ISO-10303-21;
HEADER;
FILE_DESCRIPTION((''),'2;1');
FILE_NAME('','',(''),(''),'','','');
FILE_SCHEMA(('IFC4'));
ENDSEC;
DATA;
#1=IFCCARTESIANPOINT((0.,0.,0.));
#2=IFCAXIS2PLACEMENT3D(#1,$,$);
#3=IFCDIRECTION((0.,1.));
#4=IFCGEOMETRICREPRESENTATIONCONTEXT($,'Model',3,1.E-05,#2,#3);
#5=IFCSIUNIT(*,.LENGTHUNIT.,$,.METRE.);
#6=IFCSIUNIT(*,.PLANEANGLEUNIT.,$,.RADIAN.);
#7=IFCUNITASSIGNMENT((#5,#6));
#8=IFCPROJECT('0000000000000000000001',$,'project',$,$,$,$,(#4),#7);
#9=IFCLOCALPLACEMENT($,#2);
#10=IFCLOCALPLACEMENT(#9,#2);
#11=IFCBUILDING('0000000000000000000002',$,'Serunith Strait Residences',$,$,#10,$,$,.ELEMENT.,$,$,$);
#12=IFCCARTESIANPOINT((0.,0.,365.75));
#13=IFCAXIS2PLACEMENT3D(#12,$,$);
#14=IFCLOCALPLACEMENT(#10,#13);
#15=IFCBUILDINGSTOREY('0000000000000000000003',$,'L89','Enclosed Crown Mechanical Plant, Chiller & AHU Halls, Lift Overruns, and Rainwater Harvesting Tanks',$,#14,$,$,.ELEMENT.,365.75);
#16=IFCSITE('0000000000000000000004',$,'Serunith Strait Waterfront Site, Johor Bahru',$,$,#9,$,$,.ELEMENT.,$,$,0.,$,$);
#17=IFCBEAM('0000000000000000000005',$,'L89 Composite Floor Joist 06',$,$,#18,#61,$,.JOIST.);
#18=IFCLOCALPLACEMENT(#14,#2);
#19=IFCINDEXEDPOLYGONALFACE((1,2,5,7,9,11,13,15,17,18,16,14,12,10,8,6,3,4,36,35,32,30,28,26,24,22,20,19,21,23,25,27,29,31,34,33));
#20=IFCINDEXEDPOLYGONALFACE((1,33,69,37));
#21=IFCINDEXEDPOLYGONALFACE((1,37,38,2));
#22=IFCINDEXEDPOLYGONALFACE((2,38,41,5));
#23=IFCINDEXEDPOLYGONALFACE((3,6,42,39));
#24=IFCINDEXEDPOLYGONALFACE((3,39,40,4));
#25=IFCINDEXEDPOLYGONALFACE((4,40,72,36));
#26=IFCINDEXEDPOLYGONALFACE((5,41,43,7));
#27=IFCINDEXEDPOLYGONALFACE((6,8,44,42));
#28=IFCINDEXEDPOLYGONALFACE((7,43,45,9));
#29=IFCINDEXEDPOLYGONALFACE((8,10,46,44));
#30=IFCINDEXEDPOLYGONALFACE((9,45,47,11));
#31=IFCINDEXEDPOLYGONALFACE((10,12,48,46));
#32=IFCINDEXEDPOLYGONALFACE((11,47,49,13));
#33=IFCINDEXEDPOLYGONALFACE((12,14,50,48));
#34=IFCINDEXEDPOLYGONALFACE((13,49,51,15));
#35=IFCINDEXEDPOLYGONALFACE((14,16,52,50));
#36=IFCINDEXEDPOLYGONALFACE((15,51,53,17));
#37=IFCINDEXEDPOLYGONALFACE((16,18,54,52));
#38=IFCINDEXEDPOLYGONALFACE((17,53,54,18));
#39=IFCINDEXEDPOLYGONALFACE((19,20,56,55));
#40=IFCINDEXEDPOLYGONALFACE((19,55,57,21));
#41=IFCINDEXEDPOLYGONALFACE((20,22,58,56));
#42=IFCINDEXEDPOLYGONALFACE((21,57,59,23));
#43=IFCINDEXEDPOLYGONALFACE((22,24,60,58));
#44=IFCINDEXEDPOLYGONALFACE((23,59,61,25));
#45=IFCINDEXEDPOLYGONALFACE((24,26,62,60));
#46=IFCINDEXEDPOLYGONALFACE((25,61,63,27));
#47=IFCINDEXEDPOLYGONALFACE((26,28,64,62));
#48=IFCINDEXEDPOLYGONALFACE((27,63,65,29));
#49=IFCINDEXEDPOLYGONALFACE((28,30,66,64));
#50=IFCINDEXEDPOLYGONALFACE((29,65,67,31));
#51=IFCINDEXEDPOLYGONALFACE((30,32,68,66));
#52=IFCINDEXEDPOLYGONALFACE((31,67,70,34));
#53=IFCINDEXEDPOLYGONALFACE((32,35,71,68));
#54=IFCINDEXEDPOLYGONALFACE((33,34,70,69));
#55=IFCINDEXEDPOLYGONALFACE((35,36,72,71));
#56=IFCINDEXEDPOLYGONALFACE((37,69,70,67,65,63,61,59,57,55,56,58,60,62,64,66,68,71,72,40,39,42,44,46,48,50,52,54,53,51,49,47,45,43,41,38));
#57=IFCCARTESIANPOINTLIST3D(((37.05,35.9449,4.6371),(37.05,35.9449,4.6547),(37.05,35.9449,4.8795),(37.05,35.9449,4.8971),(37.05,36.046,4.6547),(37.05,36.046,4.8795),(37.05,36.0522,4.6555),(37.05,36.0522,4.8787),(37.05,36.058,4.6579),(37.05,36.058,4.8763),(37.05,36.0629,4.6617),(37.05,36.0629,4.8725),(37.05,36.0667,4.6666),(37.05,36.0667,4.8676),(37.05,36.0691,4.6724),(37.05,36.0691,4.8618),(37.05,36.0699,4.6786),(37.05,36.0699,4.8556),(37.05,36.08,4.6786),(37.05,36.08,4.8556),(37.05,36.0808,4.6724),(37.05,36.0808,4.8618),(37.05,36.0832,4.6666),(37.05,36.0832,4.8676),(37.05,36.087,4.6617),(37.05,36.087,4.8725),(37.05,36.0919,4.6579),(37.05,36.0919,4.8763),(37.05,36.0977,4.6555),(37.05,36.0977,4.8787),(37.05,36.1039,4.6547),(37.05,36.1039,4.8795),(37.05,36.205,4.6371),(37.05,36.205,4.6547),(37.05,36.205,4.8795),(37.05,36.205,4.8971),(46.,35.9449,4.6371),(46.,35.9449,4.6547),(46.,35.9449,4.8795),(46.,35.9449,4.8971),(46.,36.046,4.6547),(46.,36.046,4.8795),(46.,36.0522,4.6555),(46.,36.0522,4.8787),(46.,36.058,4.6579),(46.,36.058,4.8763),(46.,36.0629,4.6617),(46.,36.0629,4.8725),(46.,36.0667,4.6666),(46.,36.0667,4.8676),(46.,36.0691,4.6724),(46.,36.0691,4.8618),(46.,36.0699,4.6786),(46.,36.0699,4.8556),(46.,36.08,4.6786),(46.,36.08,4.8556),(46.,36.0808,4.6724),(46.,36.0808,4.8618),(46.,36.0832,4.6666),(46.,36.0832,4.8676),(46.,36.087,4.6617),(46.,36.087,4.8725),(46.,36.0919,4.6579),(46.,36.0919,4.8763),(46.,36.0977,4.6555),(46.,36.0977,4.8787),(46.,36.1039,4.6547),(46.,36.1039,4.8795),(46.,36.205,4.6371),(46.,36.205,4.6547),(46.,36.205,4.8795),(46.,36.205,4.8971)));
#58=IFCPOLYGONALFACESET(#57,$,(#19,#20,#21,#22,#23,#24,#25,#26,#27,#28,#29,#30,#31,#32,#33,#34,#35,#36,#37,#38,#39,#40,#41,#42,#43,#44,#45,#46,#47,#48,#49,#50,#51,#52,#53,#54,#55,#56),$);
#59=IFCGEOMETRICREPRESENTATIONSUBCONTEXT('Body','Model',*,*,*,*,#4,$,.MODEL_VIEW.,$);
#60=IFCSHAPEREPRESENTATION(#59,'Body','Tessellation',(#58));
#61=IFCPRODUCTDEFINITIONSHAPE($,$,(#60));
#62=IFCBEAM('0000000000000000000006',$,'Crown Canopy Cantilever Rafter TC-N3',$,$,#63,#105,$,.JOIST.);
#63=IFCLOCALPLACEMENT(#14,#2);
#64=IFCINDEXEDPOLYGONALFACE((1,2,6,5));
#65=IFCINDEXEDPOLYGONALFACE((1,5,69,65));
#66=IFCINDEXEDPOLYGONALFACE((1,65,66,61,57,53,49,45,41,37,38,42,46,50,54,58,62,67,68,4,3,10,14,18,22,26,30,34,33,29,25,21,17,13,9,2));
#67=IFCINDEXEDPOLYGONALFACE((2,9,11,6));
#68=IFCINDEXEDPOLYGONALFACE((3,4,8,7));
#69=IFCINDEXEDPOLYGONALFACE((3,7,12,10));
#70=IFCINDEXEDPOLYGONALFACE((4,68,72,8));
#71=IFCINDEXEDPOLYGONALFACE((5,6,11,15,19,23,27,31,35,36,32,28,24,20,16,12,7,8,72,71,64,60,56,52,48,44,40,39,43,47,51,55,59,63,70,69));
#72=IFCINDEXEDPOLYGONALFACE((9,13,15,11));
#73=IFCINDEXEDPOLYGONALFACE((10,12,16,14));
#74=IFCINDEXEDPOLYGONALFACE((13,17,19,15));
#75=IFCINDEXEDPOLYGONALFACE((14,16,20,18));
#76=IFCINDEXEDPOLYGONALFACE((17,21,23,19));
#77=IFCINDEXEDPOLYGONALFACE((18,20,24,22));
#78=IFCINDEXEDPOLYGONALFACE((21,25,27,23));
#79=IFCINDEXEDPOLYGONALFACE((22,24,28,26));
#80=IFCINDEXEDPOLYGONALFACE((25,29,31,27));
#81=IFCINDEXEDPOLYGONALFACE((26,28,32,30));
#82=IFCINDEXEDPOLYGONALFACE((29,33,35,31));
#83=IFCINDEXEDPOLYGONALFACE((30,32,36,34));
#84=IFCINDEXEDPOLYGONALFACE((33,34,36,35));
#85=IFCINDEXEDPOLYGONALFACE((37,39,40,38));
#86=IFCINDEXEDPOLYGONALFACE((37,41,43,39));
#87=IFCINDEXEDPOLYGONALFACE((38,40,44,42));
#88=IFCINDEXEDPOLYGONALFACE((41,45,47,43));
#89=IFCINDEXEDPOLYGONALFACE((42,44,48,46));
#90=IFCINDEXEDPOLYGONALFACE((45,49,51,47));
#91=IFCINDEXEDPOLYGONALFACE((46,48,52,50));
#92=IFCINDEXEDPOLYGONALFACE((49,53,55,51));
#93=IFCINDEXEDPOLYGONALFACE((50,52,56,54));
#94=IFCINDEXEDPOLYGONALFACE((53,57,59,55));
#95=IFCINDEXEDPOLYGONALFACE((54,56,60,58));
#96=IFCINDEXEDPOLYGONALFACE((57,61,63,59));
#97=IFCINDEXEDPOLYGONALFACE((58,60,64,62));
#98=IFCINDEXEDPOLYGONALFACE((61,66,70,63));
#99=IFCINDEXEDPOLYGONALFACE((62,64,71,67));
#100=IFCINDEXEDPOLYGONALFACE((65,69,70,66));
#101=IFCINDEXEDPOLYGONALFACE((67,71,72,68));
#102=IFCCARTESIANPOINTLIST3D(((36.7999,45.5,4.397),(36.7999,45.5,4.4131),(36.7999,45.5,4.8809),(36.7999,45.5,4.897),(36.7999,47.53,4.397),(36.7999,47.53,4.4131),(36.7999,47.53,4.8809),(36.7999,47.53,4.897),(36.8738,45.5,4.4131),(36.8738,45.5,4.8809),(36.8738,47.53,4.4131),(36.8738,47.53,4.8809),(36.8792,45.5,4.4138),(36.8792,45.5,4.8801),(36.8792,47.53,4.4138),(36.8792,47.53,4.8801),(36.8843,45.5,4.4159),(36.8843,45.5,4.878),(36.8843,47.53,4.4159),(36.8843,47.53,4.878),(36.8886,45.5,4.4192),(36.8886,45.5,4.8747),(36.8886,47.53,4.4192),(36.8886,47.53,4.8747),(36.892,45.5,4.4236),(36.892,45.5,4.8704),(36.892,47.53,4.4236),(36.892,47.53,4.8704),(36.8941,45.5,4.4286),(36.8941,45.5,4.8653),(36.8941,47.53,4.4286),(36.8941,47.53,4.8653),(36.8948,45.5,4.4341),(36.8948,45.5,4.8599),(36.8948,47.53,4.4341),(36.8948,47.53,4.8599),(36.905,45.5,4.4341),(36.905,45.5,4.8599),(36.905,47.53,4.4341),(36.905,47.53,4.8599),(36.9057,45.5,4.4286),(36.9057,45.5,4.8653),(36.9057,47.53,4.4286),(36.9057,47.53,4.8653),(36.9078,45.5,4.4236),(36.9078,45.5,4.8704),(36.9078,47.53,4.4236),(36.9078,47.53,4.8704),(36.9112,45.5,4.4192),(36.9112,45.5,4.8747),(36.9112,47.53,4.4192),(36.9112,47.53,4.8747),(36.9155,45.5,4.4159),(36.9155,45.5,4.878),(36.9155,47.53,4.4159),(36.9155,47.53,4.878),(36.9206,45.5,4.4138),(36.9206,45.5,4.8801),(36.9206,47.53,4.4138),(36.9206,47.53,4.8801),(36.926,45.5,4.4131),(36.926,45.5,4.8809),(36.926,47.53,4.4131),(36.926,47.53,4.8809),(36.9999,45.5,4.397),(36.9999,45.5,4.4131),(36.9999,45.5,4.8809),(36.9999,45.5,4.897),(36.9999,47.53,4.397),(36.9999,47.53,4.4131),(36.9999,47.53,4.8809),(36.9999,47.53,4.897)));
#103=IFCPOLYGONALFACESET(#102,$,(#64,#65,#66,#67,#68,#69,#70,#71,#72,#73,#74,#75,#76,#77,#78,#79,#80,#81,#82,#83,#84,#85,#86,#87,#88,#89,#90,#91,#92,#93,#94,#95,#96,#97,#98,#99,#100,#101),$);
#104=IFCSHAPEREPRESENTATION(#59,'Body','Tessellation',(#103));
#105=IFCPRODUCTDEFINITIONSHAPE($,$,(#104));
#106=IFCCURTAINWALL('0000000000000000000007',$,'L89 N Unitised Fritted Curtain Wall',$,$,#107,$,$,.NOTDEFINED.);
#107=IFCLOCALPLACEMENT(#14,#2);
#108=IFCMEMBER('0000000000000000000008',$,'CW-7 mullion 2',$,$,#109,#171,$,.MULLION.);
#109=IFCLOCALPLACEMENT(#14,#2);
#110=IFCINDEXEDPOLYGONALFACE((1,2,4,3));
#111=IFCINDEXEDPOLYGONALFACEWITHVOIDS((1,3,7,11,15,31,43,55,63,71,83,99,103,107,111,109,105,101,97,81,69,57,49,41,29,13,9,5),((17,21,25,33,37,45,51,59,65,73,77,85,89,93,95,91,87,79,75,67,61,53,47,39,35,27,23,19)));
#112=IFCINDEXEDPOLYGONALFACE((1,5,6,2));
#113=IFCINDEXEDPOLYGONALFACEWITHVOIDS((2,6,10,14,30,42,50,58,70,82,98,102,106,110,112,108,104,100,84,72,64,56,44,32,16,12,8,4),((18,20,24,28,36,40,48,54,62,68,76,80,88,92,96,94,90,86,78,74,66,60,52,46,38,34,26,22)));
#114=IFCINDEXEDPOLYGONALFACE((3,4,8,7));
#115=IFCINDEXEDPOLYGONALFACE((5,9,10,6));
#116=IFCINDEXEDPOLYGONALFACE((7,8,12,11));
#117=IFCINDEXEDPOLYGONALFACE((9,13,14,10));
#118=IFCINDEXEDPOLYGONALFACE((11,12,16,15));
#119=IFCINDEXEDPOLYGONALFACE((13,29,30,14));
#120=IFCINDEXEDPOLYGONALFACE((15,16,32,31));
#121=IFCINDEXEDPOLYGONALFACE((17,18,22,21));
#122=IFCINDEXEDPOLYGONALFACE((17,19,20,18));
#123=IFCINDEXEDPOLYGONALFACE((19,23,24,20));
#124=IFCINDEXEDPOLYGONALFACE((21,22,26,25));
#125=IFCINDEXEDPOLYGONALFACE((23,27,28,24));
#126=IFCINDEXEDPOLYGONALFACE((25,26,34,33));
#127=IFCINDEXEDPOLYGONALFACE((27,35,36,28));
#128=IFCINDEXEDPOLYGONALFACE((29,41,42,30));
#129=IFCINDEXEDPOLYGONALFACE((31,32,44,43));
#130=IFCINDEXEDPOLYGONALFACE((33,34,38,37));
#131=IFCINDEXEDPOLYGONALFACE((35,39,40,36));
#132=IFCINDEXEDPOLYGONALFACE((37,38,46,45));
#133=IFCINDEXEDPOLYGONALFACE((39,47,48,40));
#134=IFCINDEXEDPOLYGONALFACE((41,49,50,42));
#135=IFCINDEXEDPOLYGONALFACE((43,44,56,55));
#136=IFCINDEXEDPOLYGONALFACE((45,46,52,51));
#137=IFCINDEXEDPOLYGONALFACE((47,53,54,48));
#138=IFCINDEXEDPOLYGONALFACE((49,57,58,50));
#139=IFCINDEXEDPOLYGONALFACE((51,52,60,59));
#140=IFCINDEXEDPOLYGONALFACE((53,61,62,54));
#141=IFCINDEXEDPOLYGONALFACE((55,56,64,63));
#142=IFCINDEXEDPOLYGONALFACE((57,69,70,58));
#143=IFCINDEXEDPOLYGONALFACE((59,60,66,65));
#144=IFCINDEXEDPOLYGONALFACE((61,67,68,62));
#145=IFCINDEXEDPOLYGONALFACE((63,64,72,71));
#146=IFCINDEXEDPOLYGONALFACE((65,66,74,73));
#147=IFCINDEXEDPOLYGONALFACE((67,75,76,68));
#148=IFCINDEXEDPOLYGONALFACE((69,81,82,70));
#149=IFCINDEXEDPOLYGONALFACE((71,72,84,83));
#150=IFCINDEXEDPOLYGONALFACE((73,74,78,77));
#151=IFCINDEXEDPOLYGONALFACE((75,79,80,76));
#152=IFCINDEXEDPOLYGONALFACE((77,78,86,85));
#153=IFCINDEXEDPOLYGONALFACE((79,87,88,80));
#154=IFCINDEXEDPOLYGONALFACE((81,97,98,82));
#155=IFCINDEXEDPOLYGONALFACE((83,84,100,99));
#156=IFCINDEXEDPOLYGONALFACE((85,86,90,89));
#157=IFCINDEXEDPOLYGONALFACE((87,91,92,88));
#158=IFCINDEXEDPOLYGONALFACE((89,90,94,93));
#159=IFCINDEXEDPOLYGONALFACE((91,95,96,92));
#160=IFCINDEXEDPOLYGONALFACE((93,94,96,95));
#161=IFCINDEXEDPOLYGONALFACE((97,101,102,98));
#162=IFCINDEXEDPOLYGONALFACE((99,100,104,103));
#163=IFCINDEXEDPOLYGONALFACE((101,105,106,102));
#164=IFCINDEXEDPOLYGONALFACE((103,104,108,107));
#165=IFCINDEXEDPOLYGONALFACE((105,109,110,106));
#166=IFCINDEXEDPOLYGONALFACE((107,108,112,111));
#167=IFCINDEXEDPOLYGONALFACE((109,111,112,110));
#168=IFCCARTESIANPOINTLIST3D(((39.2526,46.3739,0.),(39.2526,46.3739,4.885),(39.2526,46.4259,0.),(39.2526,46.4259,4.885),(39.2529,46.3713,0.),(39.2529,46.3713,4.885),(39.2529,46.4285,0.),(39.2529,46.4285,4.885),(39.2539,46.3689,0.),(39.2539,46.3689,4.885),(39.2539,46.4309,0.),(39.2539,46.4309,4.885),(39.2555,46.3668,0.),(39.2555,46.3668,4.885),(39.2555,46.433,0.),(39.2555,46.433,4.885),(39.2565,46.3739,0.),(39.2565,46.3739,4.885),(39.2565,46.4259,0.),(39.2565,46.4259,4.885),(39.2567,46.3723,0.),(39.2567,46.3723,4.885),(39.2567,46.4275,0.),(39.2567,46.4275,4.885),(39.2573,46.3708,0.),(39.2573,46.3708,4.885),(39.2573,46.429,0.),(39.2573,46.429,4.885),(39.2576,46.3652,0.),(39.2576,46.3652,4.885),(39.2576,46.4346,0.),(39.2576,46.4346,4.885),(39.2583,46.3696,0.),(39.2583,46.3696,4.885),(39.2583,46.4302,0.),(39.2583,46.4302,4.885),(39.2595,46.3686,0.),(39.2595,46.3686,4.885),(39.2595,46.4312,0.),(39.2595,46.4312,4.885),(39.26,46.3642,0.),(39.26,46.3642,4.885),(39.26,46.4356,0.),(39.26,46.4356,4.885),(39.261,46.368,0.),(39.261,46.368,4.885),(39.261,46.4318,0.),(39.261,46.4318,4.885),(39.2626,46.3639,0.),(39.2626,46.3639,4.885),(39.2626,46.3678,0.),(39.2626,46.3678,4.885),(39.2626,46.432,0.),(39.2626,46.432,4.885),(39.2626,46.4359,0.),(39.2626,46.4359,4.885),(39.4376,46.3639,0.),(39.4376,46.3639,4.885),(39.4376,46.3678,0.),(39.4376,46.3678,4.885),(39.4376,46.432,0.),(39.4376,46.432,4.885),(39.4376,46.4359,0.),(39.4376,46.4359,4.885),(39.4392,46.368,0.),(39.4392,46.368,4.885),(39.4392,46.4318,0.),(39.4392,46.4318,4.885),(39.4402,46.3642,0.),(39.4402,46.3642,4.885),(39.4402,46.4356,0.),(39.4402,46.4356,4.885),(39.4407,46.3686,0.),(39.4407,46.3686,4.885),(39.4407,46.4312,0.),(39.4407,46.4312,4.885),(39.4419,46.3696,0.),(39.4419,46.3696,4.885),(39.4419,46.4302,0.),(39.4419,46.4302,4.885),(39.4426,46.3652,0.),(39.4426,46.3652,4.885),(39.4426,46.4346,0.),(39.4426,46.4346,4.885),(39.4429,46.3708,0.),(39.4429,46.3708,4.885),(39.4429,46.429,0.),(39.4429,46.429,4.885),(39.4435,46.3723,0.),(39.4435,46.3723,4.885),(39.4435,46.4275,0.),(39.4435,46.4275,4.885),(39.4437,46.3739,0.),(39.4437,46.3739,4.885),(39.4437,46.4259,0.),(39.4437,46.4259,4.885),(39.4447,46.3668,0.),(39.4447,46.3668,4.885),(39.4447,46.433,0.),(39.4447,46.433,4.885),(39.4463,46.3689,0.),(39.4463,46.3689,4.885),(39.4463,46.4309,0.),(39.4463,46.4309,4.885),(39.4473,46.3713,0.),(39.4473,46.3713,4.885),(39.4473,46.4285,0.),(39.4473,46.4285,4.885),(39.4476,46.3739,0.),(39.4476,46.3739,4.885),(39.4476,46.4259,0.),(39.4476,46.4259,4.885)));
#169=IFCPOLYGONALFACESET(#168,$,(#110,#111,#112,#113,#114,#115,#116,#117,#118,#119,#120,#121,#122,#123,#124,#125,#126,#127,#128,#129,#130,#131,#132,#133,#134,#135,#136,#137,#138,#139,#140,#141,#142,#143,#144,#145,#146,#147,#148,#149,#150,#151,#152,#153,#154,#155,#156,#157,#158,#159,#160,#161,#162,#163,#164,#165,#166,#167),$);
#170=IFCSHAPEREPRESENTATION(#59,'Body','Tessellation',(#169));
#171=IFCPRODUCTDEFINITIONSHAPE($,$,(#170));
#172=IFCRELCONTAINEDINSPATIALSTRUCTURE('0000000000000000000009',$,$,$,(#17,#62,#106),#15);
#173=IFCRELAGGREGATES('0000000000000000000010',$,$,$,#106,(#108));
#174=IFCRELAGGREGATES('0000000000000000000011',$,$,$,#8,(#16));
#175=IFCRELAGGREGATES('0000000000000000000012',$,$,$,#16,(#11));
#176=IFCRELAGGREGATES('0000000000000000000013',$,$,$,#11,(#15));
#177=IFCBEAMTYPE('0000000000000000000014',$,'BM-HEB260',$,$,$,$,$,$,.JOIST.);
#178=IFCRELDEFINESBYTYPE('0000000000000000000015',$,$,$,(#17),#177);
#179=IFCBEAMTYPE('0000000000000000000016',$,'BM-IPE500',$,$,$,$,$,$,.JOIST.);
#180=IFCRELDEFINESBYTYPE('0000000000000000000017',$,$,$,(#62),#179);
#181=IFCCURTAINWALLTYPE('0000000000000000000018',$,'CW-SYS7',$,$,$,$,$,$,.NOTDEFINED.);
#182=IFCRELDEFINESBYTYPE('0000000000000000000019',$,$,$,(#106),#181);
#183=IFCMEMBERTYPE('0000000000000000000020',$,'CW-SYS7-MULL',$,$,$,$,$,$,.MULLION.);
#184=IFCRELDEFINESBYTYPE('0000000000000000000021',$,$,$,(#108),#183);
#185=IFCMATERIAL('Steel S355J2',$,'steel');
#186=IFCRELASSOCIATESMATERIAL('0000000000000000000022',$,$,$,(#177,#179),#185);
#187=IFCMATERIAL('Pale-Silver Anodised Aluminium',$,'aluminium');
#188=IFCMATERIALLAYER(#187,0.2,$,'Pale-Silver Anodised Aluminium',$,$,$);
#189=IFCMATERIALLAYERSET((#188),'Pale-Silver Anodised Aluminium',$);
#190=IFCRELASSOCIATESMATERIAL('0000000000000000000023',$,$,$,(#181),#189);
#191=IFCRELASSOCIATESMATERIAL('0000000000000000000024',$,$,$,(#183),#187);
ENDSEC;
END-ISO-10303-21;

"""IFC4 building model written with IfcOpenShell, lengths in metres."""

from ifc_helpers import new_model, si_unit, direction, frame, origin, origin_2d, place, context, subcontext, project, spatial, hollow_rectangle, i_section, extrude, source, transform, mapped, material, layer, layer_set, material_profile, profile_set, type_object, element, aggregate, save


model = new_model("IFC4")

# Units and contexts
model_context = context("Model", 3, precision=1e-05, world=origin(), true_north=direction((0.0, 1.0)))
body_context = subcontext(model_context, "Body", "Model", "MODEL_VIEW")
ifc_project = project(units=[si_unit("LENGTHUNIT", "METRE"), si_unit("PLANEANGLEUNIT", "RADIAN")], contexts=[model_context])

# Site, building, storey
site_placement = place(None, origin())
site = spatial("IfcSite", under=ifc_project, at=site_placement, Name="Serunith Strait Waterfront Site, Johor Bahru", CompositionType="ELEMENT", RefElevation=0.0)
building_placement = place(site_placement, origin())
building = spatial("IfcBuilding", under=site, at=building_placement, Name="Serunith Strait Residences", CompositionType="ELEMENT")
storey_placement = place(building_placement, frame((0.0, 0.0, 365.75)))
storey = spatial("IfcBuildingStorey", under=building, at=storey_placement, Name="L89", Description="Enclosed Crown Mechanical Plant, Chiller & AHU Halls, Lift Overruns, and Rainwater Harvesting Tanks", CompositionType="ELEMENT", Elevation=365.75)

# Beams
ifc_material_1 = material(Name="Steel S355J2", Category="steel")
ifc_material_profile_1 = material_profile(ifc_material_1, i_section(OverallWidth=0.26, OverallDepth=0.26, WebThickness=0.01, FlangeThickness=0.0176, FilletRadius=0.0239, at=origin_2d()), Name="HEB 260")
ifc_profile_set_1 = profile_set([ifc_material_profile_1], Name="Steel S355J2")
beam_type_1 = type_object("IfcBeamType", Name="BM-HEB260", PredefinedType="JOIST", material=ifc_profile_set_1)
shared_shape_1 = source(origin(), body_context, "Body", "SweptSolid", [
    extrude(i_section(OverallWidth=0.26, OverallDepth=0.26, WebThickness=0.01, FlangeThickness=0.0176, FilletRadius=0.0239, at=origin_2d()), origin(), (0.0, 0.0, 1.0), 8.95),
])
beam_1_placement = place(storey_placement, frame((37.05, 36.075, 4.7671), z_axis=(1.0, 0.0, 0.0), x_axis=(0.0, 1.0, 0.0)))
element("IfcBeam", 1, at=beam_1_placement, inside=storey, type_object=beam_type_1, Name="L89 Composite Floor Joist 06", PredefinedType="JOIST", context=body_context, shape_type="MappedRepresentation", body=[
    mapped(shared_shape_1, transform((0.0, 0.0, 0.0), scale=1.0)),
])
ifc_material_profile_2 = material_profile(ifc_material_1, i_section(OverallWidth=0.2, OverallDepth=0.5, WebThickness=0.0103, FlangeThickness=0.0161, FilletRadius=0.021, at=origin_2d()), Name="IPE 500")
ifc_profile_set_2 = profile_set([ifc_material_profile_2], Name="Steel S355J2")
beam_type_2 = type_object("IfcBeamType", Name="BM-IPE500", PredefinedType="JOIST", material=ifc_profile_set_2)
shared_shape_2 = source(origin(), body_context, "Body", "SweptSolid", [
    extrude(i_section(OverallWidth=0.2, OverallDepth=0.5, WebThickness=0.0103, FlangeThickness=0.0161, FilletRadius=0.021, at=origin_2d()), origin(), (0.0, 0.0, 1.0), 2.03),
])
beam_2_placement = place(storey_placement, frame((36.8999, 45.5, 4.647), z_axis=(0.0, 1.0, 0.0), x_axis=(-1.0, 0.0, 0.0)))
element("IfcBeam", 2, at=beam_2_placement, inside=storey, type_object=beam_type_2, Name="Crown Canopy Cantilever Rafter TC-N3", PredefinedType="JOIST", context=body_context, shape_type="MappedRepresentation", body=[
    mapped(shared_shape_2, transform((0.0, 0.0, 0.0), scale=1.0)),
])

# Curtain wall, member
ifc_material_2 = material(Name="Pale-Silver Anodised Aluminium", Category="aluminium")
ifc_layer_1 = layer(ifc_material_2, 0.2, Name="Pale-Silver Anodised Aluminium")
ifc_layer_set_1 = layer_set([ifc_layer_1], Name="Pale-Silver Anodised Aluminium")
curtain_wall_type = type_object("IfcCurtainWallType", Name="CW-SYS7", PredefinedType="NOTDEFINED", material=ifc_layer_set_1)
curtain_wall_placement = place(storey_placement, origin())
curtain_wall = element("IfcCurtainWall", 3, at=curtain_wall_placement, inside=storey, type_object=curtain_wall_type, Name="L89 N Unitised Fritted Curtain Wall", PredefinedType="NOTDEFINED")
ifc_material_profile_3 = material_profile(ifc_material_2, hollow_rectangle(XDim=0.072, YDim=0.1951, WallThickness=0.0039, InnerFilletRadius=0.0061, OuterFilletRadius=0.01, at=origin_2d()), Name="ALU 195x72x4")
ifc_profile_set_3 = profile_set([ifc_material_profile_3], Name="Pale-Silver Anodised Aluminium")
member_type_1 = type_object("IfcMemberType", Name="CW-SYS7-MULL", PredefinedType="MULLION", material=ifc_profile_set_3)
shared_shape_3 = source(origin(), body_context, "Body", "SweptSolid", [
    extrude(hollow_rectangle(XDim=0.072, YDim=0.1951, WallThickness=0.0039, InnerFilletRadius=0.0061, OuterFilletRadius=0.01, at=origin_2d()), origin(), (0.0, 0.0, 1.0), 4.885),
])
member_1_placement = place(storey_placement, frame((39.3501, 46.3999, 0.0), z_axis=(0.0, 0.0, 1.0), x_axis=(0.0, -1.0, 0.0)))
member_1 = element("IfcMember", 4, at=member_1_placement, type_object=member_type_1, Name="CW-7 mullion 2", PredefinedType="MULLION", context=body_context, shape_type="MappedRepresentation", body=[
    mapped(shared_shape_3, transform((0.0, 0.0, 0.0), scale=1.0)),
])
aggregate(curtain_wall, [member_1])

save(model, "model.ifc")
